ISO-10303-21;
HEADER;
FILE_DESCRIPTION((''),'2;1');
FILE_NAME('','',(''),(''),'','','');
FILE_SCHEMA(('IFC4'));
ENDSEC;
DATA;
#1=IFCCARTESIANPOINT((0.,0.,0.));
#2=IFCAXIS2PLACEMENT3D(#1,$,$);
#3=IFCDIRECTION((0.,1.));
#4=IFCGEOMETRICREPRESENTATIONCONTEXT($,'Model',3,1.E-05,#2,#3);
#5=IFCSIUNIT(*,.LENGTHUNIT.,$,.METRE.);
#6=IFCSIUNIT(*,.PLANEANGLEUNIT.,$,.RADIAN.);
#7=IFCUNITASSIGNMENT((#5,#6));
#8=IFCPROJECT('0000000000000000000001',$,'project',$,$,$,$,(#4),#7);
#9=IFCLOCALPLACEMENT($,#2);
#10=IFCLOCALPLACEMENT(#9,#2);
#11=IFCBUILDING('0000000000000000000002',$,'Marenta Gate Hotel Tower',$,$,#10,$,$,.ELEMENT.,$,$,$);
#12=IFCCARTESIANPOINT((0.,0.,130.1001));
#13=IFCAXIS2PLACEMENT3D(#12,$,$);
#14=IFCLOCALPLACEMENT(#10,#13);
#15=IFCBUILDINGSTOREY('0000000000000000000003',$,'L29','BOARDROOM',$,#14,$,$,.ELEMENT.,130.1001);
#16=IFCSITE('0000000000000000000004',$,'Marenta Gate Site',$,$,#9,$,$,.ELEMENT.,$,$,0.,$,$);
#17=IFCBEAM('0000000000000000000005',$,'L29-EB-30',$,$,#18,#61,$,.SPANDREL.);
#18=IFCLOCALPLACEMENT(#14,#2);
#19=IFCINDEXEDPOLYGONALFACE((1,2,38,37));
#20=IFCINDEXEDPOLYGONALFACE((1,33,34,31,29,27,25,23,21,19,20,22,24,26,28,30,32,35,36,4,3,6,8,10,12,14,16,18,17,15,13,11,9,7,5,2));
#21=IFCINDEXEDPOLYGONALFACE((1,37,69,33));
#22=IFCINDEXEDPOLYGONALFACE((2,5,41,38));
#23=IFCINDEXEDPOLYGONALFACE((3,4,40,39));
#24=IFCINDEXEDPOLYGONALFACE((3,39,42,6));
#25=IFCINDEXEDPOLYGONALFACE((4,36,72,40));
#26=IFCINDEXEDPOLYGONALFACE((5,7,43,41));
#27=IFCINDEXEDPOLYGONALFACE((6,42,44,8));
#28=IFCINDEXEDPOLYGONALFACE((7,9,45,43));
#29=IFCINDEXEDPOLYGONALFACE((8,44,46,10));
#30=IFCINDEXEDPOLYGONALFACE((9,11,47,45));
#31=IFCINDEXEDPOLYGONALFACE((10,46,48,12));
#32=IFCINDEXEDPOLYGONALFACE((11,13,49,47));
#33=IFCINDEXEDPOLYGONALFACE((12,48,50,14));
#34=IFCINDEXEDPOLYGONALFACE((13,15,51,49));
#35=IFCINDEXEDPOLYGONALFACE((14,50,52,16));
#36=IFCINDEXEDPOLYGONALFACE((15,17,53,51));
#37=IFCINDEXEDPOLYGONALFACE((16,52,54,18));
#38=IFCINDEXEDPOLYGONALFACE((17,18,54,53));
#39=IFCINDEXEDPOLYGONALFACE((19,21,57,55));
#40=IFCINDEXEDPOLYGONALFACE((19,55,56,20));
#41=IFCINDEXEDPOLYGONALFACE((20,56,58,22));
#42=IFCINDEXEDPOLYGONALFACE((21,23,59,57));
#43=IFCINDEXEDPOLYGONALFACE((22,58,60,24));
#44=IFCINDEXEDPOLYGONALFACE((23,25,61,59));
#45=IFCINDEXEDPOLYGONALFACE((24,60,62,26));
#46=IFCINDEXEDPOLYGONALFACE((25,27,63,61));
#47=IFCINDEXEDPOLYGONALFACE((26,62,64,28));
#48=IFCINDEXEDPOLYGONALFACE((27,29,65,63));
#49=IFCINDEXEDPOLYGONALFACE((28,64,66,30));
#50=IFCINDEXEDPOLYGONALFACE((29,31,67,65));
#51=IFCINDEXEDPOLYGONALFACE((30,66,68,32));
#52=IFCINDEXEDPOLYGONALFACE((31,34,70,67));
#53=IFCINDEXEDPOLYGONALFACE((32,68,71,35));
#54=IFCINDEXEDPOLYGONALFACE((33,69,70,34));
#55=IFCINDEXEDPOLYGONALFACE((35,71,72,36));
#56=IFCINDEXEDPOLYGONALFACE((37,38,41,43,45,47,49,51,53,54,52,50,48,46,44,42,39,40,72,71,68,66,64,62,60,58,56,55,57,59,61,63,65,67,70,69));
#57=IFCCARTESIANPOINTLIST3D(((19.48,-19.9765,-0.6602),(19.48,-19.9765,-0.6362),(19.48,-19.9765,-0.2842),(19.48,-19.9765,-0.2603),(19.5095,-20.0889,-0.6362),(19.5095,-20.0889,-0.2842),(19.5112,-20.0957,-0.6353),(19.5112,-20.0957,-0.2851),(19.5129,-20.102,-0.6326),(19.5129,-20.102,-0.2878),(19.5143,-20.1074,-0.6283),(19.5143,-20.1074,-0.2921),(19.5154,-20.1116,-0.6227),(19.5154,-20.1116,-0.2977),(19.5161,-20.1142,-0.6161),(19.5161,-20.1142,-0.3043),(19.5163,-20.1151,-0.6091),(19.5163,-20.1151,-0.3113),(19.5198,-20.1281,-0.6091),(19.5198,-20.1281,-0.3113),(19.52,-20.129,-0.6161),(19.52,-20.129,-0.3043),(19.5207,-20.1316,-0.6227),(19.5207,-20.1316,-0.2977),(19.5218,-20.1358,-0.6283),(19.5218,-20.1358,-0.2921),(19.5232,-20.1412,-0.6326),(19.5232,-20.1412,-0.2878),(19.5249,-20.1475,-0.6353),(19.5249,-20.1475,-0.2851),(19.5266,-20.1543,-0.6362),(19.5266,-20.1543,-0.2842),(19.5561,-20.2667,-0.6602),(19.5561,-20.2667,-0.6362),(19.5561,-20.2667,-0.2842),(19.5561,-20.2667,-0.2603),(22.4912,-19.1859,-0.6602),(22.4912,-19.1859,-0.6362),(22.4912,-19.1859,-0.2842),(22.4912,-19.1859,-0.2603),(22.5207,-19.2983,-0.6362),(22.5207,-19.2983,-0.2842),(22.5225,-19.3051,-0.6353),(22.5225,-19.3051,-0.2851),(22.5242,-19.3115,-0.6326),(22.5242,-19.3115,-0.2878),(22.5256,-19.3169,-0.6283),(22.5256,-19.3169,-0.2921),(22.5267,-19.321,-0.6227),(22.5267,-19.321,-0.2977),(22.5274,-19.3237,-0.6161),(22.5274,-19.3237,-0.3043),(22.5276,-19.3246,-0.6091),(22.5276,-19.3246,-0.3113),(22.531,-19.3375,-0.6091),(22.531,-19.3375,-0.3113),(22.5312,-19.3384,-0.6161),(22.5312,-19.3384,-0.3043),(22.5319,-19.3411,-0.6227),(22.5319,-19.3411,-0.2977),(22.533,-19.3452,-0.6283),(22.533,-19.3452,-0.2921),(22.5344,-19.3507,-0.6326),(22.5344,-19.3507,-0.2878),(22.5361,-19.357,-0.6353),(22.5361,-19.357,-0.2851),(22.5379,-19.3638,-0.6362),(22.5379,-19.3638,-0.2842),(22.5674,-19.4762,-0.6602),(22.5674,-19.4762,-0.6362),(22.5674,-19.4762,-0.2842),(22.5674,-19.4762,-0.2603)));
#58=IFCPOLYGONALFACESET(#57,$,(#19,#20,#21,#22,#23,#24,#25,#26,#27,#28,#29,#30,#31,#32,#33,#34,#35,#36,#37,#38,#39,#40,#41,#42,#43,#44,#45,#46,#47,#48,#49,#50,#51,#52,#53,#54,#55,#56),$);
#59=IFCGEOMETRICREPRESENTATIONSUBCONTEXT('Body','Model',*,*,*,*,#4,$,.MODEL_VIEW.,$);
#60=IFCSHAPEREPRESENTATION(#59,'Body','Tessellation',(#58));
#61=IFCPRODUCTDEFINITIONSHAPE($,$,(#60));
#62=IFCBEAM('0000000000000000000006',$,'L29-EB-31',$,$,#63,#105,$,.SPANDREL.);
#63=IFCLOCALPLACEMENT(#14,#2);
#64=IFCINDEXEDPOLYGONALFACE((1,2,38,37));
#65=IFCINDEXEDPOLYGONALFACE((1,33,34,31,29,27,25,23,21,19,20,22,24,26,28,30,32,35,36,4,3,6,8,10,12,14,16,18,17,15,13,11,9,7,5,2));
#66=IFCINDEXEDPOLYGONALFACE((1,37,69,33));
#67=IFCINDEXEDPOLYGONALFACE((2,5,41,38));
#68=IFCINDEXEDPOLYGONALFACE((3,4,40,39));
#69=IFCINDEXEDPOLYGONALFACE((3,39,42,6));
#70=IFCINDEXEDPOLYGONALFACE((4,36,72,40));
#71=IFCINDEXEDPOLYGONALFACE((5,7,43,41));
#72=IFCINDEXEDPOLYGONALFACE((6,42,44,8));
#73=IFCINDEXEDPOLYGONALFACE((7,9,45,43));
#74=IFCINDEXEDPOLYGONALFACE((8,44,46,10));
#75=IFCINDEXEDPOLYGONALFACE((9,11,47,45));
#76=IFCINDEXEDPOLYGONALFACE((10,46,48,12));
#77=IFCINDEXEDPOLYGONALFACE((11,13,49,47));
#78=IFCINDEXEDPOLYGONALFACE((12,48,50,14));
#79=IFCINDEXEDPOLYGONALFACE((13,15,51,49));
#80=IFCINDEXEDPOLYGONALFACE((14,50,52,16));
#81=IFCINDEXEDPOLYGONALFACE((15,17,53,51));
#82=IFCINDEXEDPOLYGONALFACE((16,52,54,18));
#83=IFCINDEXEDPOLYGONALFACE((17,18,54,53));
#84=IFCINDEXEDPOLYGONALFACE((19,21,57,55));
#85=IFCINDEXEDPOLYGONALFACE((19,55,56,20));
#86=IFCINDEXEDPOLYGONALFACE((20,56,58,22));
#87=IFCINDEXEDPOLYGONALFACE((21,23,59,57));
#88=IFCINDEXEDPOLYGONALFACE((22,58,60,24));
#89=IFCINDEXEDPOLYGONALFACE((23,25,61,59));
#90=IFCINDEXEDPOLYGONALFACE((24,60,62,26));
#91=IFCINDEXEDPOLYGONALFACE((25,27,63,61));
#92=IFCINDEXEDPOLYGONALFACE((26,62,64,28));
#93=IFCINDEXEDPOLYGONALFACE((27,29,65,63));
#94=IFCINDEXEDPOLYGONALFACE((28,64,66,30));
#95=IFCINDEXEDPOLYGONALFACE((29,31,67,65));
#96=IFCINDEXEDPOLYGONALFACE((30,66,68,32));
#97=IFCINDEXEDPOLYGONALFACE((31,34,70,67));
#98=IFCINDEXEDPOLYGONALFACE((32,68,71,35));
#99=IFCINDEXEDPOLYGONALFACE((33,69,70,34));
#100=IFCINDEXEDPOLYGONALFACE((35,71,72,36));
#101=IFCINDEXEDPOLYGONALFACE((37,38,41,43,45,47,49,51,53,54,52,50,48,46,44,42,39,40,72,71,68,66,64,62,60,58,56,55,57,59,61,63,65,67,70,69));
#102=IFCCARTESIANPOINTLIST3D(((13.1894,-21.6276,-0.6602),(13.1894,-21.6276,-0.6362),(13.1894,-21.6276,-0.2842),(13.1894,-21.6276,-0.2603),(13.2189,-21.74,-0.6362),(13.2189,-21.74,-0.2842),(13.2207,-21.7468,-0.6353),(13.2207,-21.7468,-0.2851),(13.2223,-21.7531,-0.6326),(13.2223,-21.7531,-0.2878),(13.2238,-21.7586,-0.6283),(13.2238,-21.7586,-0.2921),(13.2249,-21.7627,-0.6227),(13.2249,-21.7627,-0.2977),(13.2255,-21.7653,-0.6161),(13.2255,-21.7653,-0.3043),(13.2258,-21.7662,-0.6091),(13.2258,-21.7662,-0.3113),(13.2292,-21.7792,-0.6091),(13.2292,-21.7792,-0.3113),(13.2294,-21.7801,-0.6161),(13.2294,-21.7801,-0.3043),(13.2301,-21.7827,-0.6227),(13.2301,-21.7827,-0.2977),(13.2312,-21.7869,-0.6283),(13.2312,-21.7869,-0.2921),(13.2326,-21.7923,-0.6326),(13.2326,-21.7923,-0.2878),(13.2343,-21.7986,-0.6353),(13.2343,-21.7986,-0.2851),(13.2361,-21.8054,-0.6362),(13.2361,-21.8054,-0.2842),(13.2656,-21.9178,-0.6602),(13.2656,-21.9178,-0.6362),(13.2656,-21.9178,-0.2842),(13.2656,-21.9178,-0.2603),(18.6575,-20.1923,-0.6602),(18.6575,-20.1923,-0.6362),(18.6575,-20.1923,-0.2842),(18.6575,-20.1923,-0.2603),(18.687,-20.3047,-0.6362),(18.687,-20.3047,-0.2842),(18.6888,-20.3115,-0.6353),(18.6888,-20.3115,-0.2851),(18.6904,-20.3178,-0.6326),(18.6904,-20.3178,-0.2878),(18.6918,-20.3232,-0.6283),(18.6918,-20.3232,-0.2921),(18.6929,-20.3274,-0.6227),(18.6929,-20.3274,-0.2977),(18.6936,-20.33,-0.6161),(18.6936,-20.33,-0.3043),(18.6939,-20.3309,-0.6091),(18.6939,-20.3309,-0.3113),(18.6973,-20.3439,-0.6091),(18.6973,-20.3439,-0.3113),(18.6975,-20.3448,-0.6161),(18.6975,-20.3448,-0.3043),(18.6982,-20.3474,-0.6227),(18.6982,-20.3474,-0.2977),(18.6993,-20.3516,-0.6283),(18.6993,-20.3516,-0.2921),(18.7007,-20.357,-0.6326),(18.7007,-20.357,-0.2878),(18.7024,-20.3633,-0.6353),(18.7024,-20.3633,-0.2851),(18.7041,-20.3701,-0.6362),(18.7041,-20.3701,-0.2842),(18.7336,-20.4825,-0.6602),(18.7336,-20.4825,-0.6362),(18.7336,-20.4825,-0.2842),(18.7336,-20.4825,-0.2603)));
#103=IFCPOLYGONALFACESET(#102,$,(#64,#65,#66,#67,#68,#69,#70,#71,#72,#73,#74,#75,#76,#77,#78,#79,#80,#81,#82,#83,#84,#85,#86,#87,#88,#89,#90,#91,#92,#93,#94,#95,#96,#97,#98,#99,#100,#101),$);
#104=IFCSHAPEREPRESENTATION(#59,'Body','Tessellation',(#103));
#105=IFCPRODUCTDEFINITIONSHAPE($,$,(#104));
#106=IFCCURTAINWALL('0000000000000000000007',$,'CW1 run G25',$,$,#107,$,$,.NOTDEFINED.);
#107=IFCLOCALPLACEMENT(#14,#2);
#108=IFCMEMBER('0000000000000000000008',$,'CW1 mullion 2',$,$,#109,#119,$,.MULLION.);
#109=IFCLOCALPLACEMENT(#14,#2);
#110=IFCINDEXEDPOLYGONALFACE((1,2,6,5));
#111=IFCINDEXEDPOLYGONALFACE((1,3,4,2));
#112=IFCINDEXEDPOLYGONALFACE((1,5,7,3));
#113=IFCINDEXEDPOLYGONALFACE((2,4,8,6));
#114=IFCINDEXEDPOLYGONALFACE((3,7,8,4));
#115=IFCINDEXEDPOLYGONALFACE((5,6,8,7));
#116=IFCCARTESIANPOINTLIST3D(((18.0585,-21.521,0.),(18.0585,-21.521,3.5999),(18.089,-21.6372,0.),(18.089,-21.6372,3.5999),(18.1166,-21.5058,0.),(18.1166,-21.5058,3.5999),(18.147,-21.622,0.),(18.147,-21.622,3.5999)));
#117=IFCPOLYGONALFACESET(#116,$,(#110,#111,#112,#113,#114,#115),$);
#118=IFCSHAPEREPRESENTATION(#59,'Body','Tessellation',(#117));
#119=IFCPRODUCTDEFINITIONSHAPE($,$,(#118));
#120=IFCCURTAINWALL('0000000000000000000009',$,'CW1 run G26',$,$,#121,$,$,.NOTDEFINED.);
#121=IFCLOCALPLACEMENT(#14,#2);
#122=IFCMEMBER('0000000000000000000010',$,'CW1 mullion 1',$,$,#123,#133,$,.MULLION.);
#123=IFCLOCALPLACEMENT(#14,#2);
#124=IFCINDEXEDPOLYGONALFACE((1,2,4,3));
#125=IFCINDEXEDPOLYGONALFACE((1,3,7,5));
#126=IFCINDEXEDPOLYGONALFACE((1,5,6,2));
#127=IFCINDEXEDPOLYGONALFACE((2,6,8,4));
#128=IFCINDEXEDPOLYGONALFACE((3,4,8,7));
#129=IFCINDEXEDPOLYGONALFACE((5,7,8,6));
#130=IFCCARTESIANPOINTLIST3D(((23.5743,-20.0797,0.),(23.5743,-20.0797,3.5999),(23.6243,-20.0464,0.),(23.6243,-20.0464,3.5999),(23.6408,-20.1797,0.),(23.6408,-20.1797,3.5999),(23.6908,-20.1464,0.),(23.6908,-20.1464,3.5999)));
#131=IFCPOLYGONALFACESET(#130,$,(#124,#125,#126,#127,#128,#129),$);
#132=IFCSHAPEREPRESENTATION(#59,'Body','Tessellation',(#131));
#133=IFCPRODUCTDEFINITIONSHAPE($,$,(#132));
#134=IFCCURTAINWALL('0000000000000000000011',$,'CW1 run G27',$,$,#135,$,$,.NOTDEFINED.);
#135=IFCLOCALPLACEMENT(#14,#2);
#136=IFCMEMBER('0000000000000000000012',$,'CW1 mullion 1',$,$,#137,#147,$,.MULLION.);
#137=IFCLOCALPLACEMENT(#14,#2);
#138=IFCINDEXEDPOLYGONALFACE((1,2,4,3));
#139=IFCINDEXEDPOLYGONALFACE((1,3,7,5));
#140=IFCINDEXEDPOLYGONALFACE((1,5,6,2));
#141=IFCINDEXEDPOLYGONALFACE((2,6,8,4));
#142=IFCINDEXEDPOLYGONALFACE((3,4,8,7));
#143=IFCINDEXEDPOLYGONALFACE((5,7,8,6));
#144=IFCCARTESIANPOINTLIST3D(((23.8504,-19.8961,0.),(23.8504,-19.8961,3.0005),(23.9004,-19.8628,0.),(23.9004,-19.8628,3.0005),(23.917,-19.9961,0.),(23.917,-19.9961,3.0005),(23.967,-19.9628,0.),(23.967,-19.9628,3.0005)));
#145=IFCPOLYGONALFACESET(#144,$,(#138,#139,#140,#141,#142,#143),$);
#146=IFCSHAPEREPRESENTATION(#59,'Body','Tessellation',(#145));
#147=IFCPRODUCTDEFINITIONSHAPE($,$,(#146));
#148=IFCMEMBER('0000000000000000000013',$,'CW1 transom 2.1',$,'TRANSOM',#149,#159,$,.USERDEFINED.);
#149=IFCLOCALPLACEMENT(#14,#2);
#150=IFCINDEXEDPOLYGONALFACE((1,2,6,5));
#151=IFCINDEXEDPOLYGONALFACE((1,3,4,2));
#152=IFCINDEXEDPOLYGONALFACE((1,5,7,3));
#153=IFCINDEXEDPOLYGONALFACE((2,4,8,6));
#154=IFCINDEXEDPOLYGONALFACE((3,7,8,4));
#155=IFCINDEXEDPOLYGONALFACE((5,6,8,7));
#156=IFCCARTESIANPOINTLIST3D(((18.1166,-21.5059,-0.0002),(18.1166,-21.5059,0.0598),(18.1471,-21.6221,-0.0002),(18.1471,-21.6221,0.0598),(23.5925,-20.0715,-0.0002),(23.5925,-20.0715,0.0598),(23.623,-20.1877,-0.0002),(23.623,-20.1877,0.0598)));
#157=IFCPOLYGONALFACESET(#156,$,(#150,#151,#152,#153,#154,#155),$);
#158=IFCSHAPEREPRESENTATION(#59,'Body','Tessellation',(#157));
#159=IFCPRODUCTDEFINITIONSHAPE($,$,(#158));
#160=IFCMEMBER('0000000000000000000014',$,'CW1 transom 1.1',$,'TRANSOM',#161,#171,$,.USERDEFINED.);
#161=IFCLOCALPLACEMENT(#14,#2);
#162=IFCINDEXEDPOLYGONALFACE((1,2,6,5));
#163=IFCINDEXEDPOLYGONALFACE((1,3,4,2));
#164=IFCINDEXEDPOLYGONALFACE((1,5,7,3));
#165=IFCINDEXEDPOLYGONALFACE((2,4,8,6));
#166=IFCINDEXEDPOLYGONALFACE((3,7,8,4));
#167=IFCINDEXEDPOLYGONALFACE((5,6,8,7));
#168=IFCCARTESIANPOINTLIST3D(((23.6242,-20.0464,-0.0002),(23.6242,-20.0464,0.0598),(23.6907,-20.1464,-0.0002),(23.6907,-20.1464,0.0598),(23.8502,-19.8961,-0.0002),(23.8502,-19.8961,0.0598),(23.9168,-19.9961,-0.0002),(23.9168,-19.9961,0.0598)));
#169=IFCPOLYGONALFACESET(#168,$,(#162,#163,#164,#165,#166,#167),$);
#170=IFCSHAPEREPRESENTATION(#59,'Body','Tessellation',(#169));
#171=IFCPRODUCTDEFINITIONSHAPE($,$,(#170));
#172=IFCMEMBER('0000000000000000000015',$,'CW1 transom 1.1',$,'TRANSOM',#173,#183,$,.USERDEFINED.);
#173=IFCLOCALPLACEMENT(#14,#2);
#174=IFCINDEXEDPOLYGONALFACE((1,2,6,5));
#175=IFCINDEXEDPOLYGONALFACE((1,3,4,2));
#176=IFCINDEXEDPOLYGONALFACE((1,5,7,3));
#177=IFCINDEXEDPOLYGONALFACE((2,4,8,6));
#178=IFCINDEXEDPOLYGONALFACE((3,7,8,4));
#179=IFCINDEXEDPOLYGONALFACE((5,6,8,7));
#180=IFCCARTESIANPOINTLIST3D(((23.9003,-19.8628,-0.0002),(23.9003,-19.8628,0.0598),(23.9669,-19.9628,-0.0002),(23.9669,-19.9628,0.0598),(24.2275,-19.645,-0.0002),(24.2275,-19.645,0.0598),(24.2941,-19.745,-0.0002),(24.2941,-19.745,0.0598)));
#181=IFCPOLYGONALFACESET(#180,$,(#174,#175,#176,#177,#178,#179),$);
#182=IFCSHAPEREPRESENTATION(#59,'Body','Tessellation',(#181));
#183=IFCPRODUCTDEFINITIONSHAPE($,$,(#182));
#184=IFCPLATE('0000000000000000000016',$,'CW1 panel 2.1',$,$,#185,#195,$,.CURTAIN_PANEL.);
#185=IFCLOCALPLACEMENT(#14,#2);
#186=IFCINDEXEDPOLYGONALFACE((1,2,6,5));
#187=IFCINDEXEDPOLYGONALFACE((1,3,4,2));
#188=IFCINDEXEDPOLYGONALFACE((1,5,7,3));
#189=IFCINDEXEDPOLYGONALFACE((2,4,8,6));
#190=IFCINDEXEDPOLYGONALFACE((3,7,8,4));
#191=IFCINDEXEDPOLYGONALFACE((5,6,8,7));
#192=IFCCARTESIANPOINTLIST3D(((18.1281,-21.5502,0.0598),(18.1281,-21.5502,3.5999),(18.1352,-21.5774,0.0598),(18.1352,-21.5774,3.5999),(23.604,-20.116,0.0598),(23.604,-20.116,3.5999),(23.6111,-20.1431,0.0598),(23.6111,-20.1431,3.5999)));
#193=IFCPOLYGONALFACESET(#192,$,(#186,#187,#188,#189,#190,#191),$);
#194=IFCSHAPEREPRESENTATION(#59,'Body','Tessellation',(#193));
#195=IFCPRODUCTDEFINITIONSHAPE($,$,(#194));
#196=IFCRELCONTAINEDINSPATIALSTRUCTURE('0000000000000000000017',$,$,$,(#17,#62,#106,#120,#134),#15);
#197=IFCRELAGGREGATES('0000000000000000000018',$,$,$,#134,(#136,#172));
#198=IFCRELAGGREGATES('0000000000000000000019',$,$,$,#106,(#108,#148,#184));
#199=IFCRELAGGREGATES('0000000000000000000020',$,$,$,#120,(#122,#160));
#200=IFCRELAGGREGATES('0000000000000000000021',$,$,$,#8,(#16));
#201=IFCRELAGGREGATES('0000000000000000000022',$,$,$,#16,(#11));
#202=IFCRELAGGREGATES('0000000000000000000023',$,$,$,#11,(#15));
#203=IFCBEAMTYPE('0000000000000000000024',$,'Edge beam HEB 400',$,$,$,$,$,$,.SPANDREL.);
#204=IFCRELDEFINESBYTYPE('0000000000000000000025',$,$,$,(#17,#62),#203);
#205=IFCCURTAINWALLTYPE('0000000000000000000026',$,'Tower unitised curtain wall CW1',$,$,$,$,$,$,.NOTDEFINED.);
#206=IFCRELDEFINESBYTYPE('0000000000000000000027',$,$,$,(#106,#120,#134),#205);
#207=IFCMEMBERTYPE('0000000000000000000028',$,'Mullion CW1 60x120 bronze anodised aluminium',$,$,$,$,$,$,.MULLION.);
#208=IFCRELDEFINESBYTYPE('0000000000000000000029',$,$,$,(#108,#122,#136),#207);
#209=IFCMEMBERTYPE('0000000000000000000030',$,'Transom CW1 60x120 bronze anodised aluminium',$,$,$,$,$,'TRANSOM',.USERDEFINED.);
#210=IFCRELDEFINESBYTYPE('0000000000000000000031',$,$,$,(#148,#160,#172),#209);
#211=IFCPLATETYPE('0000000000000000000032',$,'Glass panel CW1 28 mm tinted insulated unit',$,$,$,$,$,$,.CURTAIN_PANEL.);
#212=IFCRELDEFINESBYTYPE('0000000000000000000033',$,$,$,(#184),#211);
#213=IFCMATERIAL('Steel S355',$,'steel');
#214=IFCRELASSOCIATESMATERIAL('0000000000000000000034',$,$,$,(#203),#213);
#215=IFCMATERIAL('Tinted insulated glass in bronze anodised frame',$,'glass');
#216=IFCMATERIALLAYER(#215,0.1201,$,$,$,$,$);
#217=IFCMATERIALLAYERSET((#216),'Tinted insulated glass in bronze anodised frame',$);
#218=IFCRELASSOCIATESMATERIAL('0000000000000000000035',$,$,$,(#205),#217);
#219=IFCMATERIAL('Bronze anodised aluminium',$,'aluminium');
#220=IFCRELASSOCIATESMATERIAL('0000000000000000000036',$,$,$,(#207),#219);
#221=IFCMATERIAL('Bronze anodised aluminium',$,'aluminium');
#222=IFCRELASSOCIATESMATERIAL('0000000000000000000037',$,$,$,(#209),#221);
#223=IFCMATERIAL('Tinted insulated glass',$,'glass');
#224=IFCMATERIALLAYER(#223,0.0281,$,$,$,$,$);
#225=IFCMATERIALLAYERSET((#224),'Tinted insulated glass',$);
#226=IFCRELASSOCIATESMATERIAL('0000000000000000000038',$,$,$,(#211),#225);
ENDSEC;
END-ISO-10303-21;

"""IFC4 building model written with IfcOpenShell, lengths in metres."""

from ifc_helpers import new_model, si_unit, direction, frame, origin, origin_2d, place, context, subcontext, project, spatial, rectangle, i_section, extrude, material, layer, layer_set, material_profile, profile_set, type_object, element, aggregate, save


model = new_model("IFC4")

# Units and contexts
model_context = context("Model", 3, precision=1e-05, world=origin(), true_north=direction((0.0, 1.0)))
body_context = subcontext(model_context, "Body", "Model", "MODEL_VIEW")
ifc_project = project(units=[si_unit("LENGTHUNIT", "METRE"), si_unit("PLANEANGLEUNIT", "RADIAN")], contexts=[model_context])

# Site, building, storey
site_placement = place(None, origin())
site = spatial("IfcSite", under=ifc_project, at=site_placement, Name="Marenta Gate Site", CompositionType="ELEMENT", RefElevation=0.0)
building_placement = place(site_placement, origin())
building = spatial("IfcBuilding", under=site, at=building_placement, Name="Marenta Gate Hotel Tower", CompositionType="ELEMENT")
storey_placement = place(building_placement, frame((0.0, 0.0, 130.1001)))
storey = spatial("IfcBuildingStorey", under=building, at=storey_placement, Name="L29", Description="BOARDROOM", CompositionType="ELEMENT", Elevation=130.1001)

# Beams
ifc_material_1 = material(Name="Steel S355", Category="steel")
ifc_material_profile_1 = material_profile(ifc_material_1, i_section(OverallWidth=0.3, OverallDepth=0.3999, WebThickness=0.0134, FlangeThickness=0.0239, FilletRadius=0.0271, at=origin_2d()), Name="HEB 400")
ifc_profile_set_1 = profile_set([ifc_material_profile_1], Name="Steel S355")
beam_type = type_object("IfcBeamType", Name="Edge beam HEB 400", PredefinedType="SPANDREL", material=ifc_profile_set_1)
beam_1_placement = place(storey_placement, frame((22.5293, -19.3311, -0.4602), z_axis=(-0.967225, -0.253922, 0.0), x_axis=(0.253922, -0.967225, 0.0)))
element("IfcBeam", 1, at=beam_1_placement, inside=storey, type_object=beam_type, Name="L29-EB-30", PredefinedType="SPANDREL", context=body_context, shape_type="SweptSolid", body=[
    extrude(i_section(OverallWidth=0.3, OverallDepth=0.3999, WebThickness=0.0134, FlangeThickness=0.0239, FilletRadius=0.0271, at=origin_2d()), origin(), (0.0, 0.0, 1.0), 3.1133),
])
beam_2_placement = place(storey_placement, frame((18.6956, -20.3374, -0.4602), z_axis=(-0.967233, -0.25389, 0.0), x_axis=(0.25389, -0.967233, 0.0)))
element("IfcBeam", 2, at=beam_2_placement, inside=storey, type_object=beam_type, Name="L29-EB-31", PredefinedType="SPANDREL", context=body_context, shape_type="SweptSolid", body=[
    extrude(i_section(OverallWidth=0.3, OverallDepth=0.3999, WebThickness=0.0134, FlangeThickness=0.0239, FilletRadius=0.0271, at=origin_2d()), origin(), (0.0, 0.0, 1.0), 5.6533),
])

# Curtain walls, members
ifc_material_2 = material(Name="Tinted insulated glass in bronze anodised frame", Category="glass")
ifc_layer_1 = layer(ifc_material_2, 0.1201)
ifc_layer_set_1 = layer_set([ifc_layer_1], Name="Tinted insulated glass in bronze anodised frame")
curtain_wall_type = type_object("IfcCurtainWallType", Name="Tower unitised curtain wall CW1", PredefinedType="NOTDEFINED", material=ifc_layer_set_1)
curtain_wall_1_placement = place(storey_placement, origin())
curtain_wall_1 = element("IfcCurtainWall", 3, at=curtain_wall_1_placement, inside=storey, type_object=curtain_wall_type, Name="CW1 run G25", PredefinedType="NOTDEFINED")
ifc_material_3 = material(Name="Bronze anodised aluminium", Category="aluminium")
ifc_material_profile_2 = material_profile(ifc_material_3, rectangle(XDim=0.1201, YDim=0.0601, at=origin_2d()), Name="Mullion CW1 60x120 bronze anodised aluminium")
ifc_profile_set_2 = profile_set([ifc_material_profile_2], Name="Bronze anodised aluminium")
member_type_1 = type_object("IfcMemberType", Name="Mullion CW1 60x120 bronze anodised aluminium", PredefinedType="MULLION", material=ifc_profile_set_2)
member_1_placement = place(storey_placement, frame((18.1028, -21.5715, 0.0), z_axis=(0.0, 0.0, 1.0), x_axis=(-0.253374, 0.967368, 0.0)))
member_1 = element("IfcMember", 4, at=member_1_placement, type_object=member_type_1, Name="CW1 mullion 2", PredefinedType="MULLION", context=body_context, shape_type="SweptSolid", body=[
    extrude(rectangle(XDim=0.1201, YDim=0.0601, at=origin_2d()), origin(), (0.0, 0.0, 1.0), 3.5999),
])
curtain_wall_2_placement = place(storey_placement, origin())
curtain_wall_2 = element("IfcCurtainWall", 5, at=curtain_wall_2_placement, inside=storey, type_object=curtain_wall_type, Name="CW1 run G26", PredefinedType="NOTDEFINED")
member_2_placement = place(storey_placement, frame((23.6326, -20.113, 0.0), z_axis=(0.0, 0.0, 1.0), x_axis=(-0.553865, 0.832607, 0.0)))
member_2 = element("IfcMember", 6, at=member_2_placement, type_object=member_type_1, Name="CW1 mullion 1", PredefinedType="MULLION", context=body_context, shape_type="SweptSolid", body=[
    extrude(rectangle(XDim=0.1201, YDim=0.0601, at=origin_2d()), origin(), (0.0, 0.0, 1.0), 3.5999),
])
curtain_wall_3_placement = place(storey_placement, origin())
curtain_wall_3 = element("IfcCurtainWall", 7, at=curtain_wall_3_placement, inside=storey, type_object=curtain_wall_type, Name="CW1 run G27", PredefinedType="NOTDEFINED")
member_3_placement = place(storey_placement, frame((23.9087, -19.9294, 0.0), z_axis=(0.0, 0.0, 1.0), x_axis=(-0.554089, 0.832458, 0.0)))
member_3 = element("IfcMember", 8, at=member_3_placement, type_object=member_type_1, Name="CW1 mullion 1", PredefinedType="MULLION", context=body_context, shape_type="SweptSolid", body=[
    extrude(rectangle(XDim=0.1201, YDim=0.0601, at=origin_2d()), origin(), (0.0, 0.0, 1.0), 3.0005),
])

# Members
ifc_material_4 = material(Name="Bronze anodised aluminium", Category="aluminium")
ifc_material_profile_3 = material_profile(ifc_material_4, rectangle(XDim=0.1201, YDim=0.0601, at=origin_2d()), Name="Transom CW1 60x120 bronze anodised aluminium")
ifc_profile_set_3 = profile_set([ifc_material_profile_3], Name="Bronze anodised aluminium")
member_type_2 = type_object("IfcMemberType", Name="Transom CW1 60x120 bronze anodised aluminium", ElementType="TRANSOM", PredefinedType="USERDEFINED", material=ifc_profile_set_3)
member_4_placement = place(storey_placement, frame((18.1318, -21.564, 0.0298), z_axis=(0.967364, 0.253389, 0.0), x_axis=(-0.253389, 0.967364, 0.0)))
member_4 = element("IfcMember", 9, at=member_4_placement, type_object=member_type_2, Name="CW1 transom 2.1", ObjectType="TRANSOM", PredefinedType="USERDEFINED", context=body_context, shape_type="SweptSolid", body=[
    extrude(rectangle(XDim=0.1201, YDim=0.0601, at=origin_2d()), origin(), (0.0, 0.0, 1.0), 5.6606),
])
member_5_placement = place(storey_placement, frame((23.6575, -20.0964, 0.0298), z_axis=(0.832603, 0.55387, 0.0), x_axis=(-0.55387, 0.832603, 0.0)))
member_5 = element("IfcMember", 10, at=member_5_placement, type_object=member_type_2, Name="CW1 transom 1.1", ObjectType="TRANSOM", PredefinedType="USERDEFINED", context=body_context, shape_type="SweptSolid", body=[
    extrude(rectangle(XDim=0.1201, YDim=0.0601, at=origin_2d()), origin(), (0.0, 0.0, 1.0), 0.2715),
])
member_6_placement = place(storey_placement, frame((23.9336, -19.9128, 0.0298), z_axis=(0.832432, 0.554127, 0.0), x_axis=(-0.554127, 0.832432, 0.0)))
member_6 = element("IfcMember", 11, at=member_6_placement, type_object=member_type_2, Name="CW1 transom 1.1", ObjectType="TRANSOM", PredefinedType="USERDEFINED", context=body_context, shape_type="SweptSolid", body=[
    extrude(rectangle(XDim=0.1201, YDim=0.0601, at=origin_2d()), origin(), (0.0, 0.0, 1.0), 0.3931),
])
aggregate(curtain_wall_3, [member_3, member_6])

# Plate
ifc_material_5 = material(Name="Tinted insulated glass", Category="glass")
ifc_layer_2 = layer(ifc_material_5, 0.0281)
ifc_layer_set_2 = layer_set([ifc_layer_2], Name="Tinted insulated glass")
plate_type = type_object("IfcPlateType", Name="Glass panel CW1 28 mm tinted insulated unit", PredefinedType="CURTAIN_PANEL", material=ifc_layer_set_2)
plate_1_placement = place(storey_placement, frame((20.8696, -20.8467, 0.0598), z_axis=(0.0, 0.0, 1.0), x_axis=(0.967368, 0.253374, 0.0)))
plate_1 = element("IfcPlate", 12, at=plate_1_placement, type_object=plate_type, Name="CW1 panel 2.1", PredefinedType="CURTAIN_PANEL", context=body_context, shape_type="SweptSolid", body=[
    extrude(rectangle(XDim=5.6606, YDim=0.0281, at=origin_2d()), origin(), (0.0, 0.0, 1.0), 3.54),
])
aggregate(curtain_wall_1, [member_1, member_4, plate_1])
aggregate(curtain_wall_2, [member_2, member_5])

save(model, "model.ifc")
